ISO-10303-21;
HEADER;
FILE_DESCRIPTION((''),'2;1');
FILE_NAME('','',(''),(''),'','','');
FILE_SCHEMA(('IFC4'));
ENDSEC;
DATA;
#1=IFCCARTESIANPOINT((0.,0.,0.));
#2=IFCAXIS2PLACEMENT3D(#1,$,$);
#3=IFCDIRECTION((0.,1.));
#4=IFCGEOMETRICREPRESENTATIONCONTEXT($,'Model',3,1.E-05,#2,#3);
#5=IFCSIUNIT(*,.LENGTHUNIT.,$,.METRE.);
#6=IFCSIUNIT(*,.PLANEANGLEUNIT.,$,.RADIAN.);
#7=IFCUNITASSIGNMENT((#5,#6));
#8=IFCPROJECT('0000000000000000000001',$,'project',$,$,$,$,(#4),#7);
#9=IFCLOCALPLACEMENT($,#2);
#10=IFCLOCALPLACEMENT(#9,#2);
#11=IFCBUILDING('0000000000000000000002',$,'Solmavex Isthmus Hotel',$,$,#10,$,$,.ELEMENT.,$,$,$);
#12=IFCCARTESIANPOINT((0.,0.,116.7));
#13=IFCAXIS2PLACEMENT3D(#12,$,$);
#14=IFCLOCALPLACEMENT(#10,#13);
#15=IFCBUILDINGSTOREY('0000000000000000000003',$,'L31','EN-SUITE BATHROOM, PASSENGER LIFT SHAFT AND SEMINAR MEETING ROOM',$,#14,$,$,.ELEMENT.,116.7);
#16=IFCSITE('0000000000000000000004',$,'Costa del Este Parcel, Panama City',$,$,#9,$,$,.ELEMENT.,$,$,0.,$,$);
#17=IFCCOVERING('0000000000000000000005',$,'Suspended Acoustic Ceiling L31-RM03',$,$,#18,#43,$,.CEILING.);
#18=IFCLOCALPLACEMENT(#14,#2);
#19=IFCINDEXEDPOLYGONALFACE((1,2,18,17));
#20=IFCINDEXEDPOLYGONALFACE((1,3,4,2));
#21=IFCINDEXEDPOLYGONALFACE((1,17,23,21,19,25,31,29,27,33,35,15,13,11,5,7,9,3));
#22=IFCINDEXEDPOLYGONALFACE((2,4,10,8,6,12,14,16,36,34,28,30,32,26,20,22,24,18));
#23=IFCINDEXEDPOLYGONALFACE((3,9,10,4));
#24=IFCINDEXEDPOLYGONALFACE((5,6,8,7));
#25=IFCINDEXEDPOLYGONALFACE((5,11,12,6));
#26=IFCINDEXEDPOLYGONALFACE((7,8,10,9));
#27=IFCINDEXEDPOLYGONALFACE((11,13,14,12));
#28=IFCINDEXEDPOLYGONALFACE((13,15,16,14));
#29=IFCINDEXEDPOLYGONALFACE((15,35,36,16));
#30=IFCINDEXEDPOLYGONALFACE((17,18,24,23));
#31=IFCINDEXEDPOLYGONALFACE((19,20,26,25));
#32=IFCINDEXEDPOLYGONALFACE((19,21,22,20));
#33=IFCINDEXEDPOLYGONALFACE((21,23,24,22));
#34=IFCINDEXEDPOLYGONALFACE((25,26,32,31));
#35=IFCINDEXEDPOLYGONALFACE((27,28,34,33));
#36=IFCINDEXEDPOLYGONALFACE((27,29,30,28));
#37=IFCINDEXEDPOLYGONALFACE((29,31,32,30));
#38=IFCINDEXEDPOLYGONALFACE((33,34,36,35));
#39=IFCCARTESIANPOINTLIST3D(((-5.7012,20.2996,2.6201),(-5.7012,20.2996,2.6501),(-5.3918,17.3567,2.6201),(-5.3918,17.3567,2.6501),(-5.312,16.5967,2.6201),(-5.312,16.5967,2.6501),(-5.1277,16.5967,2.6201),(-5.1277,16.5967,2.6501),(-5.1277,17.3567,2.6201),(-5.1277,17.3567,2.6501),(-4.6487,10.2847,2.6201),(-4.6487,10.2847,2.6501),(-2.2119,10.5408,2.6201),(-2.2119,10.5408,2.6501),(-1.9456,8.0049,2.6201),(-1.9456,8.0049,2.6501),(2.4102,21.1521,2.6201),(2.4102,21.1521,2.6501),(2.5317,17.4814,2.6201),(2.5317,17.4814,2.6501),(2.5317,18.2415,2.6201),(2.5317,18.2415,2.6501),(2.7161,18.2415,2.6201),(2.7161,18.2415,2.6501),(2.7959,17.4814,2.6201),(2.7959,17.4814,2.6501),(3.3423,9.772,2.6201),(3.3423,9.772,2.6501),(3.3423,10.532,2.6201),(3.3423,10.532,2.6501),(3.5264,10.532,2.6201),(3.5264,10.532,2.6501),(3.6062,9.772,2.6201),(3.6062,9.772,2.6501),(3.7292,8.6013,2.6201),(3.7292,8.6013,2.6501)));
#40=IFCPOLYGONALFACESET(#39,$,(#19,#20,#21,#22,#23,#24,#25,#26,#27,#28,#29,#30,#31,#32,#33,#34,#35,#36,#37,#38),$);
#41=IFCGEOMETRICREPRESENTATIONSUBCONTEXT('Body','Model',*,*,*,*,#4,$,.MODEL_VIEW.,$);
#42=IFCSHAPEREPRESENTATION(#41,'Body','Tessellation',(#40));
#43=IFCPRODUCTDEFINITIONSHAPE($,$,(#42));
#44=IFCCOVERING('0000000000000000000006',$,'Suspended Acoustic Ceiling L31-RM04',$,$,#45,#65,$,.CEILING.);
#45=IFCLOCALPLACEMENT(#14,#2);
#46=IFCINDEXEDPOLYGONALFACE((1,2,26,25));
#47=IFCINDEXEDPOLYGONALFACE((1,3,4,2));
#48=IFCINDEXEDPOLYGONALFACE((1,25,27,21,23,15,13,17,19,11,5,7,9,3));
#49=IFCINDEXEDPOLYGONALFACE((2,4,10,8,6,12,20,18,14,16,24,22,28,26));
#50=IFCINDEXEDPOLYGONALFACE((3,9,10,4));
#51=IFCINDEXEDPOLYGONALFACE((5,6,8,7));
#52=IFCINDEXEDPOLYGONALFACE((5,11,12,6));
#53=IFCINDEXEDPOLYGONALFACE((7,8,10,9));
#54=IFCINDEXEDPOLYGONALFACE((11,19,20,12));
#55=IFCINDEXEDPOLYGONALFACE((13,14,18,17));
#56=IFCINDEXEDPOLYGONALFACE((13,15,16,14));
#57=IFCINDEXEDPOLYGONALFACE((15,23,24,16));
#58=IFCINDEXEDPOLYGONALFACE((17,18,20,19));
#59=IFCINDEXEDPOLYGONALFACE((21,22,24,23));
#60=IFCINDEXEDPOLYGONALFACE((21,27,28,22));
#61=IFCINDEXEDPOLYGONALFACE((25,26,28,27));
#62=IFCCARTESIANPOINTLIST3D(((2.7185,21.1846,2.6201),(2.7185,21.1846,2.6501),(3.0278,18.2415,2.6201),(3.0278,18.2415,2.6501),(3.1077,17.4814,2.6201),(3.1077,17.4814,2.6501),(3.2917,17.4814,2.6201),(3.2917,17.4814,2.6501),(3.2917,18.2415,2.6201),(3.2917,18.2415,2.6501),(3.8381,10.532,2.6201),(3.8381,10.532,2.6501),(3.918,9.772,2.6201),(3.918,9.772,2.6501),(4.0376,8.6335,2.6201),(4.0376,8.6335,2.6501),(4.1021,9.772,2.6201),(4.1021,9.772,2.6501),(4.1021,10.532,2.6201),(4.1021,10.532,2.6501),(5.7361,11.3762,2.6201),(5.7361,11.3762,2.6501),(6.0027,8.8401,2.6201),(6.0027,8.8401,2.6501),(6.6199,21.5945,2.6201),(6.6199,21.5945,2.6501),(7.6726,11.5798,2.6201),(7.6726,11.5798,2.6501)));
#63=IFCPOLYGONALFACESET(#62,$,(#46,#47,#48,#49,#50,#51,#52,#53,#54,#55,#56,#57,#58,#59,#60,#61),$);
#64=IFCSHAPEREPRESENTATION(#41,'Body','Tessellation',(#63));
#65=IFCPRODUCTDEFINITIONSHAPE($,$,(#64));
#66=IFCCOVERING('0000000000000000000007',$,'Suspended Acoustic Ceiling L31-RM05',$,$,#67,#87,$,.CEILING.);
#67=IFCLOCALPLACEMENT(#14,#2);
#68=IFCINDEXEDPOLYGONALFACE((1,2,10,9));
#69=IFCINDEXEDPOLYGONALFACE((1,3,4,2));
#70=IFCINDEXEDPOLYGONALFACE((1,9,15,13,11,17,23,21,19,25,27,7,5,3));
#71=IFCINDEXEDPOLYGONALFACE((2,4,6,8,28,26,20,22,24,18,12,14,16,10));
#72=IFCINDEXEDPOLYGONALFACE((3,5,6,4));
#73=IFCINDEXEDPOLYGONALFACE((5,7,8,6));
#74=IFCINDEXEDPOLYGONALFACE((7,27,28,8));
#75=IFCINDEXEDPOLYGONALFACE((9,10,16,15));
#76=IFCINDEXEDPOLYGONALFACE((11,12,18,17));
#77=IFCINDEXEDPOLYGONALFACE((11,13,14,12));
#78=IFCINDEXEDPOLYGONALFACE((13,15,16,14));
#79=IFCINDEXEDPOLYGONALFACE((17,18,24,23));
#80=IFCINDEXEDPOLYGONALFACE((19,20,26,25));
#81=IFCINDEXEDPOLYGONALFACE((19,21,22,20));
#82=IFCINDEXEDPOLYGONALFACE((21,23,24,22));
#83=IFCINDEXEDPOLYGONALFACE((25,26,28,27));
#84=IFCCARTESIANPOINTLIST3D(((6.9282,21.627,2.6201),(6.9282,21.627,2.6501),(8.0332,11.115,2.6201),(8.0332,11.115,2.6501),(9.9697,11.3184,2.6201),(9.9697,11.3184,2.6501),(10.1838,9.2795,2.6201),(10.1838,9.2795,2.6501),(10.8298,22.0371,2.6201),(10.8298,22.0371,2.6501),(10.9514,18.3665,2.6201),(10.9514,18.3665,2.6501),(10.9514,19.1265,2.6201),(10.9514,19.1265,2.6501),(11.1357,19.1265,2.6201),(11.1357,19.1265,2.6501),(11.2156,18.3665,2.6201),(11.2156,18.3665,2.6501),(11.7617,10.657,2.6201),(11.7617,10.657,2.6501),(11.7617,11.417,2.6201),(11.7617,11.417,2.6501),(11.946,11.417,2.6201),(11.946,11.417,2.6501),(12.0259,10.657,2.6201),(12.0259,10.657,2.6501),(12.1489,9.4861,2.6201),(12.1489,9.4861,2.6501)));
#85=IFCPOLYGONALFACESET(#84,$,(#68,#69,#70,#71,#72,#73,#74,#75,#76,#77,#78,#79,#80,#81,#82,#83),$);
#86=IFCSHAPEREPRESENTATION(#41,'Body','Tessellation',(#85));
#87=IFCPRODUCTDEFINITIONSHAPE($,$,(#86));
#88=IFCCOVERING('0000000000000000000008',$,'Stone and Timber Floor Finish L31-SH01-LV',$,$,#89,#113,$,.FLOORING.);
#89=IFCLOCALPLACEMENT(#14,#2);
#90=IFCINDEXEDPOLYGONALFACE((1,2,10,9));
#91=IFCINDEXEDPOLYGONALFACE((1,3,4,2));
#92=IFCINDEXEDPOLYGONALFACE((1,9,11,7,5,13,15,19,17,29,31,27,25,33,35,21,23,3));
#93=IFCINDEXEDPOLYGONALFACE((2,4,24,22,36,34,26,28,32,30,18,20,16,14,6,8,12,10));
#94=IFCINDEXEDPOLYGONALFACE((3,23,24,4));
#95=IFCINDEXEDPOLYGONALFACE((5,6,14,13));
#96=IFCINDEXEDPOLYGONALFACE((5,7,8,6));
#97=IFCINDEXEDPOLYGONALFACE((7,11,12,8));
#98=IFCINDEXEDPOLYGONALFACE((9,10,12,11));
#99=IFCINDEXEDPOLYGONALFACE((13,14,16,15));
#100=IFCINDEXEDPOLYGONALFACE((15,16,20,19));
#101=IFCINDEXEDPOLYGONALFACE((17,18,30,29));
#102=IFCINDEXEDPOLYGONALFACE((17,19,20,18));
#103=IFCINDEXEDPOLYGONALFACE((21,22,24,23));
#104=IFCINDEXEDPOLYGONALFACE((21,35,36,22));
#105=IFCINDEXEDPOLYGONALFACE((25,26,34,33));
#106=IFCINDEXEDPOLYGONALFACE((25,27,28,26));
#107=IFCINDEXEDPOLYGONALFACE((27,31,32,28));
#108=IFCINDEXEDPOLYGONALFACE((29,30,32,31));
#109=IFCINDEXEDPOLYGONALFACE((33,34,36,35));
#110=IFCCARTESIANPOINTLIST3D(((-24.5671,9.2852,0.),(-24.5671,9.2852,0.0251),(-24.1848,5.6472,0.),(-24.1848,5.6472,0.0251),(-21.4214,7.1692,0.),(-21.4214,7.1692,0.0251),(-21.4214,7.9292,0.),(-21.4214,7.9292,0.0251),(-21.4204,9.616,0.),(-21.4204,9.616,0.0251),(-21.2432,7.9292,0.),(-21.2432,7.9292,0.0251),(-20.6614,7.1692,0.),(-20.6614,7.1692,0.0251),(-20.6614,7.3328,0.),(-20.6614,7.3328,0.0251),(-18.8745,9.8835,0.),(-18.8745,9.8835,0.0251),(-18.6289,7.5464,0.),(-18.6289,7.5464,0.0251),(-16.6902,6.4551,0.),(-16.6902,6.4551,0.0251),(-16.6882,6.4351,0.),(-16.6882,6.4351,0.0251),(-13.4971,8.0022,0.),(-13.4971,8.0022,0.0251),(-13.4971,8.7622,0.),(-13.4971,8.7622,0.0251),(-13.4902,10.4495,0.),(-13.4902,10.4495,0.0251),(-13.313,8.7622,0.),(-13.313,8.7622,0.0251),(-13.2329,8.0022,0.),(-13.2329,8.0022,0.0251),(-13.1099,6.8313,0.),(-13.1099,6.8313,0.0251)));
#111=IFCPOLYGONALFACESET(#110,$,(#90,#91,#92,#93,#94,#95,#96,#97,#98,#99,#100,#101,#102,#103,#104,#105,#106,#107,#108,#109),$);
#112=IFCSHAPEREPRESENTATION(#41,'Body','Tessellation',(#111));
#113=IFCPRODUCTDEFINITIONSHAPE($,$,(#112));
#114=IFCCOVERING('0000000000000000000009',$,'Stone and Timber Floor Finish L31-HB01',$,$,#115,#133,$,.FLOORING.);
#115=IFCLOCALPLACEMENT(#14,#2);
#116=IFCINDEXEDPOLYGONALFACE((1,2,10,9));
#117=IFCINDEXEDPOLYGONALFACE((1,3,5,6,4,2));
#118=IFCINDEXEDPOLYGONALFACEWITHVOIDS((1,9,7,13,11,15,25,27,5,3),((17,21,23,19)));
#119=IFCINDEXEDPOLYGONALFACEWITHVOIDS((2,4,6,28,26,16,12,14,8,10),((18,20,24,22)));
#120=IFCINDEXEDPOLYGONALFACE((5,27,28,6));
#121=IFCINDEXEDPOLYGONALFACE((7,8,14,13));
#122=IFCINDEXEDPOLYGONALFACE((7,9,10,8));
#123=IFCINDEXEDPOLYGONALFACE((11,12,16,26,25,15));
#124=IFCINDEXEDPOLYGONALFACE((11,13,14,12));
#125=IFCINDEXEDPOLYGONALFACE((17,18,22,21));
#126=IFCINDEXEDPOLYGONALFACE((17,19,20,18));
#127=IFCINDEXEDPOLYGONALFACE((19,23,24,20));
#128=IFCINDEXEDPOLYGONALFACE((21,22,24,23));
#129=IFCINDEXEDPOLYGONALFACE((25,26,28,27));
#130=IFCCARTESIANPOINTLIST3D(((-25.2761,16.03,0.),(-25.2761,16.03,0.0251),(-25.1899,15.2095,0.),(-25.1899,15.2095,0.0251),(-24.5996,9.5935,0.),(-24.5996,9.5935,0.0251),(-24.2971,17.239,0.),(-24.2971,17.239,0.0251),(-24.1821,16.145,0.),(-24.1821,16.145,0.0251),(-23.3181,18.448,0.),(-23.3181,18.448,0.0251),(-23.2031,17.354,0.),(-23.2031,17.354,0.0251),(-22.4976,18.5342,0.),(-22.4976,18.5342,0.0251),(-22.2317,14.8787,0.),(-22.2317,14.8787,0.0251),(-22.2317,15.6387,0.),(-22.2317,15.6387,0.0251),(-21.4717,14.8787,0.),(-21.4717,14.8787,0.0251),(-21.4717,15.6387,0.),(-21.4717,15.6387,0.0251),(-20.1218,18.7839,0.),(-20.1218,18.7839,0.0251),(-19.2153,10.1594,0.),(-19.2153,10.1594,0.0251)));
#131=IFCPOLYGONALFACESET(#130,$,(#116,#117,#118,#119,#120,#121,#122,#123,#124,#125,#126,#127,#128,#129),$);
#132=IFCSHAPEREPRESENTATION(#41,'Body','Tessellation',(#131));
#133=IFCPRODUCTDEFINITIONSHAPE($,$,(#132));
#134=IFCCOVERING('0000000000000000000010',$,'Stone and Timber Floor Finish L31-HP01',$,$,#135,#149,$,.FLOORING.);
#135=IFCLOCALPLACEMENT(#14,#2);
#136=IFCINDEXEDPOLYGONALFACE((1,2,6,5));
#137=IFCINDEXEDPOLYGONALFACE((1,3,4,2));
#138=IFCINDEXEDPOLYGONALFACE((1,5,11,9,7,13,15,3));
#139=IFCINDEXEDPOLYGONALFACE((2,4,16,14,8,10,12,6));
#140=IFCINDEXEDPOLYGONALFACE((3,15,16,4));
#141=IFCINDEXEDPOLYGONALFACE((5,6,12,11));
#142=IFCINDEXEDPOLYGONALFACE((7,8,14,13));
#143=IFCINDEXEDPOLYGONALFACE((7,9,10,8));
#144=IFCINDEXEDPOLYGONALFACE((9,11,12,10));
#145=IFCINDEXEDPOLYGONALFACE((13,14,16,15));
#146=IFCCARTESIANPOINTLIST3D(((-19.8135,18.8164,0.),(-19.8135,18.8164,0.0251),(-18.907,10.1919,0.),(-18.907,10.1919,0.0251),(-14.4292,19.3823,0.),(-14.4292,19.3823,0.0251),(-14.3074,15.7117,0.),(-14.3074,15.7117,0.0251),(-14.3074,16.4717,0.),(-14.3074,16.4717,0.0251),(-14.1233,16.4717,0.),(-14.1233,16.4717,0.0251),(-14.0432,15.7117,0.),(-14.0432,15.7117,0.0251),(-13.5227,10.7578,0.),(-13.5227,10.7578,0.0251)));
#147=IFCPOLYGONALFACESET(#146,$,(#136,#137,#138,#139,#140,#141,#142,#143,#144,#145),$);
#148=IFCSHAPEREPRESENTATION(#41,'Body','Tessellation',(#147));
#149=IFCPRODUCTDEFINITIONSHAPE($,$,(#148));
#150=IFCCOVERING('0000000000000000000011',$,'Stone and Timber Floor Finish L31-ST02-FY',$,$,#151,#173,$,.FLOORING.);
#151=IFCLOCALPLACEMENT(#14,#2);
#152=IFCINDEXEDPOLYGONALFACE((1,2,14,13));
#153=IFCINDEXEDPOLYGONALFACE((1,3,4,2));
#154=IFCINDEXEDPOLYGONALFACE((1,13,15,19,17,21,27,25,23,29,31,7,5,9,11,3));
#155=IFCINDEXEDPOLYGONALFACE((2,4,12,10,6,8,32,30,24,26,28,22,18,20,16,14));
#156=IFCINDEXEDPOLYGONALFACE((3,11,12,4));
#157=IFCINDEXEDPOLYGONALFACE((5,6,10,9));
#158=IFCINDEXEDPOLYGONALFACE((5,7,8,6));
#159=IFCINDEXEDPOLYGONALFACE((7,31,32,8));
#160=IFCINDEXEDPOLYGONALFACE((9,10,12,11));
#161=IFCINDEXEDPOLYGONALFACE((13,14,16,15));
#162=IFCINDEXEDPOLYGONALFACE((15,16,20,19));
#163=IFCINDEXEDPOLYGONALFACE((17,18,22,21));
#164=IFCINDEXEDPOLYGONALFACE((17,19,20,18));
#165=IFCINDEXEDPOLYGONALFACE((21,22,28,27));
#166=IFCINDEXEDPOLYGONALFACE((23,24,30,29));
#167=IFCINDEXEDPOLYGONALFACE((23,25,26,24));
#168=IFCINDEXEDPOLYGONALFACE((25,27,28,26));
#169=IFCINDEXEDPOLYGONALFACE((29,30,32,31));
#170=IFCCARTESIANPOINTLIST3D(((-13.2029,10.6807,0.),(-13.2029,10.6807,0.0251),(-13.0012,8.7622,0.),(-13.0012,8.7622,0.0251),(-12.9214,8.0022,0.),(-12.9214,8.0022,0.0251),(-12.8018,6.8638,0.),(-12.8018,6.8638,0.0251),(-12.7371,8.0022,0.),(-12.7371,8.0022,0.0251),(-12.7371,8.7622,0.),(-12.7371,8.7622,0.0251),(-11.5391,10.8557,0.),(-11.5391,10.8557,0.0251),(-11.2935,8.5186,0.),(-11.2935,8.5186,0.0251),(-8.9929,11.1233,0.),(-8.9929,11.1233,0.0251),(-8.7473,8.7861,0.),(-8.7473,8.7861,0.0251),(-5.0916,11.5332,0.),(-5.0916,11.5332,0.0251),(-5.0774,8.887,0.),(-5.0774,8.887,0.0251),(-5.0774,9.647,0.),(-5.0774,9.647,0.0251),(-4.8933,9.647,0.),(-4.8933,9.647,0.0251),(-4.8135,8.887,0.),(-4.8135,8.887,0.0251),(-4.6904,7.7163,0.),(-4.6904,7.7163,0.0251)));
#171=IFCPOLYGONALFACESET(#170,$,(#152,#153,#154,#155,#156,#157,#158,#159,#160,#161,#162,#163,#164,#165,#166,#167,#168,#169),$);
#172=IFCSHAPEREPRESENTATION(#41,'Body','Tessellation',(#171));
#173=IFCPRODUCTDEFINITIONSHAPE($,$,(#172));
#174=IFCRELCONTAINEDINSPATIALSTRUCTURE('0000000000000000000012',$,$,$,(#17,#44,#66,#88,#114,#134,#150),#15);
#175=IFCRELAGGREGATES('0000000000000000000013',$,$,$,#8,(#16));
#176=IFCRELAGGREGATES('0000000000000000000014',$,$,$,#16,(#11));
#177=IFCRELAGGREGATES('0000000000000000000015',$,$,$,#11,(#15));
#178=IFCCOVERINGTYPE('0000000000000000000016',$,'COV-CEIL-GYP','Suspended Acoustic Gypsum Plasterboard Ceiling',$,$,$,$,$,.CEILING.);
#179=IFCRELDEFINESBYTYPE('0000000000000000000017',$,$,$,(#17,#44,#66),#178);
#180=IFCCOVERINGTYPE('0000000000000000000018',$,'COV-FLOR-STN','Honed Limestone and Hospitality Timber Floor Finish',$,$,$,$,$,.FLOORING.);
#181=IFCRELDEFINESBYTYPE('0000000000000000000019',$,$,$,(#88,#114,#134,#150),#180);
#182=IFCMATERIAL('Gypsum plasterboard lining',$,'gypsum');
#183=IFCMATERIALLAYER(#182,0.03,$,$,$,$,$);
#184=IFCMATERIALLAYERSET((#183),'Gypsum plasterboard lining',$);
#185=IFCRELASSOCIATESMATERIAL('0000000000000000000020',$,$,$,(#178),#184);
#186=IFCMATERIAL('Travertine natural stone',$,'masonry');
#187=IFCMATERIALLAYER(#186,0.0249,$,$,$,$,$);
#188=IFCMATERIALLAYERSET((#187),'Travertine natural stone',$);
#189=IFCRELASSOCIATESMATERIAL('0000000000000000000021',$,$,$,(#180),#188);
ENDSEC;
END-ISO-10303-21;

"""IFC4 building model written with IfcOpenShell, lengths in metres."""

from ifc_helpers import new_model, si_unit, direction, frame, origin, place, context, subcontext, project, spatial, polyline, outline, extrude, material, layer, layer_set, type_object, element, save


model = new_model("IFC4")

# Units and contexts
model_context = context("Model", 3, precision=1e-05, world=origin(), true_north=direction((0.0, 1.0)))
body_context = subcontext(model_context, "Body", "Model", "MODEL_VIEW")
ifc_project = project(units=[si_unit("LENGTHUNIT", "METRE"), si_unit("PLANEANGLEUNIT", "RADIAN")], contexts=[model_context])

# Site, building, storey
site_placement = place(None, origin())
site = spatial("IfcSite", under=ifc_project, at=site_placement, Name="Costa del Este Parcel, Panama City", CompositionType="ELEMENT", RefElevation=0.0)
building_placement = place(site_placement, origin())
building = spatial("IfcBuilding", under=site, at=building_placement, Name="Solmavex Isthmus Hotel", CompositionType="ELEMENT")
storey_placement = place(building_placement, frame((0.0, 0.0, 116.7)))
storey = spatial("IfcBuildingStorey", under=building, at=storey_placement, Name="L31", Description="EN-SUITE BATHROOM, PASSENGER LIFT SHAFT AND SEMINAR MEETING ROOM", CompositionType="ELEMENT", Elevation=116.7)

# Shared definitions
ifc_material_1 = material(Name="Gypsum plasterboard lining", Category="gypsum")

# Coverings
ifc_layer_1 = layer(ifc_material_1, 0.03)
ifc_layer_set_1 = layer_set([ifc_layer_1], Name="Gypsum plasterboard lining")
covering_type_1 = type_object("IfcCoveringType", Name="COV-CEIL-GYP", Description="Suspended Acoustic Gypsum Plasterboard Ceiling", PredefinedType="CEILING", material=ifc_layer_set_1)
covering_1_placement = place(storey_placement, frame((0.0, 0.0, 2.6201)))
element("IfcCovering", 1, at=covering_1_placement, inside=storey, type_object=covering_type_1, Name="Suspended Acoustic Ceiling L31-RM03", PredefinedType="CEILING", context=body_context, shape_type="SweptSolid", body=[
    extrude(outline(polyline([(-5.3918, 17.3567), (-5.1277, 17.3567), (-5.1277, 16.5967), (-5.312, 16.5967), (-4.6487, 10.2847), (-2.2119, 10.5408), (-1.9456, 8.0049), (3.7292, 8.6013), (3.6062, 9.772), (3.3423, 9.772), (3.3423, 10.532), (3.5264, 10.532), (2.7959, 17.4814), (2.5317, 17.4814), (2.5317, 18.2415), (2.7161, 18.2415), (2.4102, 21.1521), (-5.7012, 20.2996), (-5.3918, 17.3567)])), origin(), (0.0, 0.0, 1.0), 0.03),
])
covering_2_placement = place(storey_placement, frame((0.0, 0.0, 2.6201)))
element("IfcCovering", 2, at=covering_2_placement, inside=storey, type_object=covering_type_1, Name="Suspended Acoustic Ceiling L31-RM04", PredefinedType="CEILING", context=body_context, shape_type="SweptSolid", body=[
    extrude(outline(polyline([(3.8381, 10.532), (4.1021, 10.532), (4.1021, 9.772), (3.918, 9.772), (4.0376, 8.6335), (6.0027, 8.8401), (5.7361, 11.3762), (7.6726, 11.5798), (6.6199, 21.5945), (2.7185, 21.1846), (3.0278, 18.2415), (3.2917, 18.2415), (3.2917, 17.4814), (3.1077, 17.4814), (3.8381, 10.532)])), origin(), (0.0, 0.0, 1.0), 0.03),
])
covering_3_placement = place(storey_placement, frame((0.0, 0.0, 2.6201)))
element("IfcCovering", 3, at=covering_3_placement, inside=storey, type_object=covering_type_1, Name="Suspended Acoustic Ceiling L31-RM05", PredefinedType="CEILING", context=body_context, shape_type="SweptSolid", body=[
    extrude(outline(polyline([(11.2156, 18.3665), (10.9514, 18.3665), (10.9514, 19.1265), (11.1357, 19.1265), (10.8298, 22.0371), (6.9282, 21.627), (8.0332, 11.115), (9.9697, 11.3184), (10.1838, 9.2795), (12.1489, 9.4861), (12.0259, 10.657), (11.7617, 10.657), (11.7617, 11.417), (11.946, 11.417), (11.2156, 18.3665)])), origin(), (0.0, 0.0, 1.0), 0.03),
])
ifc_material_2 = material(Name="Travertine natural stone", Category="masonry")
ifc_layer_2 = layer(ifc_material_2, 0.0249)
ifc_layer_set_2 = layer_set([ifc_layer_2], Name="Travertine natural stone")
covering_type_2 = type_object("IfcCoveringType", Name="COV-FLOR-STN", Description="Honed Limestone and Hospitality Timber Floor Finish", PredefinedType="FLOORING", material=ifc_layer_set_2)
covering_4_placement = place(storey_placement, origin())
element("IfcCovering", 4, at=covering_4_placement, inside=storey, type_object=covering_type_2, Name="Stone and Timber Floor Finish L31-SH01-LV", PredefinedType="FLOORING", context=body_context, shape_type="SweptSolid", body=[
    extrude(outline(polyline([(-21.4204, 9.616), (-24.5671, 9.2852), (-24.1848, 5.6472), (-16.6882, 6.4351), (-16.6902, 6.4551), (-13.1099, 6.8313), (-13.2329, 8.0022), (-13.4971, 8.0022), (-13.4971, 8.7622), (-13.313, 8.7622), (-13.4902, 10.4495), (-18.8745, 9.8835), (-18.6289, 7.5464), (-20.6614, 7.3328), (-20.6614, 7.1692), (-21.4214, 7.1692), (-21.4214, 7.9292), (-21.2432, 7.9292), (-21.4204, 9.616)])), origin(), (0.0, 0.0, 1.0), 0.0251),
])
covering_5_placement = place(storey_placement, origin())
element("IfcCovering", 5, at=covering_5_placement, inside=storey, type_object=covering_type_2, Name="Stone and Timber Floor Finish L31-HB01", PredefinedType="FLOORING", context=body_context, shape_type="SweptSolid", body=[
    extrude(outline(polyline([(-25.2761, 16.03), (-25.1899, 15.2095), (-24.5996, 9.5935), (-19.2153, 10.1594), (-20.1218, 18.7839), (-22.4976, 18.5342), (-23.3181, 18.448), (-23.2031, 17.354), (-24.2971, 17.239), (-24.1821, 16.145), (-25.2761, 16.03)]), holes=[polyline([(-22.2317, 14.8787), (-22.2317, 15.6387), (-21.4717, 15.6387), (-21.4717, 14.8787), (-22.2317, 14.8787)])]), origin(), (0.0, 0.0, 1.0), 0.0251),
])
covering_6_placement = place(storey_placement, origin())
element("IfcCovering", 6, at=covering_6_placement, inside=storey, type_object=covering_type_2, Name="Stone and Timber Floor Finish L31-HP01", PredefinedType="FLOORING", context=body_context, shape_type="SweptSolid", body=[
    extrude(outline(polyline([(-14.0432, 15.7117), (-14.3074, 15.7117), (-14.3074, 16.4717), (-14.1233, 16.4717), (-14.4292, 19.3823), (-19.8135, 18.8164), (-18.907, 10.1919), (-13.5227, 10.7578), (-14.0432, 15.7117)])), origin(), (0.0, 0.0, 1.0), 0.0251),
])
covering_7_placement = place(storey_placement, origin())
element("IfcCovering", 7, at=covering_7_placement, inside=storey, type_object=covering_type_2, Name="Stone and Timber Floor Finish L31-ST02-FY", PredefinedType="FLOORING", context=body_context, shape_type="SweptSolid", body=[
    extrude(outline(polyline([(-4.8135, 8.887), (-5.0774, 8.887), (-5.0774, 9.647), (-4.8933, 9.647), (-5.0916, 11.5332), (-8.9929, 11.1233), (-8.7473, 8.7861), (-11.2935, 8.5186), (-11.5391, 10.8557), (-13.2029, 10.6807), (-13.0012, 8.7622), (-12.7371, 8.7622), (-12.7371, 8.0022), (-12.9214, 8.0022), (-12.8018, 6.8638), (-4.6904, 7.7163), (-4.8135, 8.887)])), origin(), (0.0, 0.0, 1.0), 0.0251),
])

save(model, "model.ifc")
